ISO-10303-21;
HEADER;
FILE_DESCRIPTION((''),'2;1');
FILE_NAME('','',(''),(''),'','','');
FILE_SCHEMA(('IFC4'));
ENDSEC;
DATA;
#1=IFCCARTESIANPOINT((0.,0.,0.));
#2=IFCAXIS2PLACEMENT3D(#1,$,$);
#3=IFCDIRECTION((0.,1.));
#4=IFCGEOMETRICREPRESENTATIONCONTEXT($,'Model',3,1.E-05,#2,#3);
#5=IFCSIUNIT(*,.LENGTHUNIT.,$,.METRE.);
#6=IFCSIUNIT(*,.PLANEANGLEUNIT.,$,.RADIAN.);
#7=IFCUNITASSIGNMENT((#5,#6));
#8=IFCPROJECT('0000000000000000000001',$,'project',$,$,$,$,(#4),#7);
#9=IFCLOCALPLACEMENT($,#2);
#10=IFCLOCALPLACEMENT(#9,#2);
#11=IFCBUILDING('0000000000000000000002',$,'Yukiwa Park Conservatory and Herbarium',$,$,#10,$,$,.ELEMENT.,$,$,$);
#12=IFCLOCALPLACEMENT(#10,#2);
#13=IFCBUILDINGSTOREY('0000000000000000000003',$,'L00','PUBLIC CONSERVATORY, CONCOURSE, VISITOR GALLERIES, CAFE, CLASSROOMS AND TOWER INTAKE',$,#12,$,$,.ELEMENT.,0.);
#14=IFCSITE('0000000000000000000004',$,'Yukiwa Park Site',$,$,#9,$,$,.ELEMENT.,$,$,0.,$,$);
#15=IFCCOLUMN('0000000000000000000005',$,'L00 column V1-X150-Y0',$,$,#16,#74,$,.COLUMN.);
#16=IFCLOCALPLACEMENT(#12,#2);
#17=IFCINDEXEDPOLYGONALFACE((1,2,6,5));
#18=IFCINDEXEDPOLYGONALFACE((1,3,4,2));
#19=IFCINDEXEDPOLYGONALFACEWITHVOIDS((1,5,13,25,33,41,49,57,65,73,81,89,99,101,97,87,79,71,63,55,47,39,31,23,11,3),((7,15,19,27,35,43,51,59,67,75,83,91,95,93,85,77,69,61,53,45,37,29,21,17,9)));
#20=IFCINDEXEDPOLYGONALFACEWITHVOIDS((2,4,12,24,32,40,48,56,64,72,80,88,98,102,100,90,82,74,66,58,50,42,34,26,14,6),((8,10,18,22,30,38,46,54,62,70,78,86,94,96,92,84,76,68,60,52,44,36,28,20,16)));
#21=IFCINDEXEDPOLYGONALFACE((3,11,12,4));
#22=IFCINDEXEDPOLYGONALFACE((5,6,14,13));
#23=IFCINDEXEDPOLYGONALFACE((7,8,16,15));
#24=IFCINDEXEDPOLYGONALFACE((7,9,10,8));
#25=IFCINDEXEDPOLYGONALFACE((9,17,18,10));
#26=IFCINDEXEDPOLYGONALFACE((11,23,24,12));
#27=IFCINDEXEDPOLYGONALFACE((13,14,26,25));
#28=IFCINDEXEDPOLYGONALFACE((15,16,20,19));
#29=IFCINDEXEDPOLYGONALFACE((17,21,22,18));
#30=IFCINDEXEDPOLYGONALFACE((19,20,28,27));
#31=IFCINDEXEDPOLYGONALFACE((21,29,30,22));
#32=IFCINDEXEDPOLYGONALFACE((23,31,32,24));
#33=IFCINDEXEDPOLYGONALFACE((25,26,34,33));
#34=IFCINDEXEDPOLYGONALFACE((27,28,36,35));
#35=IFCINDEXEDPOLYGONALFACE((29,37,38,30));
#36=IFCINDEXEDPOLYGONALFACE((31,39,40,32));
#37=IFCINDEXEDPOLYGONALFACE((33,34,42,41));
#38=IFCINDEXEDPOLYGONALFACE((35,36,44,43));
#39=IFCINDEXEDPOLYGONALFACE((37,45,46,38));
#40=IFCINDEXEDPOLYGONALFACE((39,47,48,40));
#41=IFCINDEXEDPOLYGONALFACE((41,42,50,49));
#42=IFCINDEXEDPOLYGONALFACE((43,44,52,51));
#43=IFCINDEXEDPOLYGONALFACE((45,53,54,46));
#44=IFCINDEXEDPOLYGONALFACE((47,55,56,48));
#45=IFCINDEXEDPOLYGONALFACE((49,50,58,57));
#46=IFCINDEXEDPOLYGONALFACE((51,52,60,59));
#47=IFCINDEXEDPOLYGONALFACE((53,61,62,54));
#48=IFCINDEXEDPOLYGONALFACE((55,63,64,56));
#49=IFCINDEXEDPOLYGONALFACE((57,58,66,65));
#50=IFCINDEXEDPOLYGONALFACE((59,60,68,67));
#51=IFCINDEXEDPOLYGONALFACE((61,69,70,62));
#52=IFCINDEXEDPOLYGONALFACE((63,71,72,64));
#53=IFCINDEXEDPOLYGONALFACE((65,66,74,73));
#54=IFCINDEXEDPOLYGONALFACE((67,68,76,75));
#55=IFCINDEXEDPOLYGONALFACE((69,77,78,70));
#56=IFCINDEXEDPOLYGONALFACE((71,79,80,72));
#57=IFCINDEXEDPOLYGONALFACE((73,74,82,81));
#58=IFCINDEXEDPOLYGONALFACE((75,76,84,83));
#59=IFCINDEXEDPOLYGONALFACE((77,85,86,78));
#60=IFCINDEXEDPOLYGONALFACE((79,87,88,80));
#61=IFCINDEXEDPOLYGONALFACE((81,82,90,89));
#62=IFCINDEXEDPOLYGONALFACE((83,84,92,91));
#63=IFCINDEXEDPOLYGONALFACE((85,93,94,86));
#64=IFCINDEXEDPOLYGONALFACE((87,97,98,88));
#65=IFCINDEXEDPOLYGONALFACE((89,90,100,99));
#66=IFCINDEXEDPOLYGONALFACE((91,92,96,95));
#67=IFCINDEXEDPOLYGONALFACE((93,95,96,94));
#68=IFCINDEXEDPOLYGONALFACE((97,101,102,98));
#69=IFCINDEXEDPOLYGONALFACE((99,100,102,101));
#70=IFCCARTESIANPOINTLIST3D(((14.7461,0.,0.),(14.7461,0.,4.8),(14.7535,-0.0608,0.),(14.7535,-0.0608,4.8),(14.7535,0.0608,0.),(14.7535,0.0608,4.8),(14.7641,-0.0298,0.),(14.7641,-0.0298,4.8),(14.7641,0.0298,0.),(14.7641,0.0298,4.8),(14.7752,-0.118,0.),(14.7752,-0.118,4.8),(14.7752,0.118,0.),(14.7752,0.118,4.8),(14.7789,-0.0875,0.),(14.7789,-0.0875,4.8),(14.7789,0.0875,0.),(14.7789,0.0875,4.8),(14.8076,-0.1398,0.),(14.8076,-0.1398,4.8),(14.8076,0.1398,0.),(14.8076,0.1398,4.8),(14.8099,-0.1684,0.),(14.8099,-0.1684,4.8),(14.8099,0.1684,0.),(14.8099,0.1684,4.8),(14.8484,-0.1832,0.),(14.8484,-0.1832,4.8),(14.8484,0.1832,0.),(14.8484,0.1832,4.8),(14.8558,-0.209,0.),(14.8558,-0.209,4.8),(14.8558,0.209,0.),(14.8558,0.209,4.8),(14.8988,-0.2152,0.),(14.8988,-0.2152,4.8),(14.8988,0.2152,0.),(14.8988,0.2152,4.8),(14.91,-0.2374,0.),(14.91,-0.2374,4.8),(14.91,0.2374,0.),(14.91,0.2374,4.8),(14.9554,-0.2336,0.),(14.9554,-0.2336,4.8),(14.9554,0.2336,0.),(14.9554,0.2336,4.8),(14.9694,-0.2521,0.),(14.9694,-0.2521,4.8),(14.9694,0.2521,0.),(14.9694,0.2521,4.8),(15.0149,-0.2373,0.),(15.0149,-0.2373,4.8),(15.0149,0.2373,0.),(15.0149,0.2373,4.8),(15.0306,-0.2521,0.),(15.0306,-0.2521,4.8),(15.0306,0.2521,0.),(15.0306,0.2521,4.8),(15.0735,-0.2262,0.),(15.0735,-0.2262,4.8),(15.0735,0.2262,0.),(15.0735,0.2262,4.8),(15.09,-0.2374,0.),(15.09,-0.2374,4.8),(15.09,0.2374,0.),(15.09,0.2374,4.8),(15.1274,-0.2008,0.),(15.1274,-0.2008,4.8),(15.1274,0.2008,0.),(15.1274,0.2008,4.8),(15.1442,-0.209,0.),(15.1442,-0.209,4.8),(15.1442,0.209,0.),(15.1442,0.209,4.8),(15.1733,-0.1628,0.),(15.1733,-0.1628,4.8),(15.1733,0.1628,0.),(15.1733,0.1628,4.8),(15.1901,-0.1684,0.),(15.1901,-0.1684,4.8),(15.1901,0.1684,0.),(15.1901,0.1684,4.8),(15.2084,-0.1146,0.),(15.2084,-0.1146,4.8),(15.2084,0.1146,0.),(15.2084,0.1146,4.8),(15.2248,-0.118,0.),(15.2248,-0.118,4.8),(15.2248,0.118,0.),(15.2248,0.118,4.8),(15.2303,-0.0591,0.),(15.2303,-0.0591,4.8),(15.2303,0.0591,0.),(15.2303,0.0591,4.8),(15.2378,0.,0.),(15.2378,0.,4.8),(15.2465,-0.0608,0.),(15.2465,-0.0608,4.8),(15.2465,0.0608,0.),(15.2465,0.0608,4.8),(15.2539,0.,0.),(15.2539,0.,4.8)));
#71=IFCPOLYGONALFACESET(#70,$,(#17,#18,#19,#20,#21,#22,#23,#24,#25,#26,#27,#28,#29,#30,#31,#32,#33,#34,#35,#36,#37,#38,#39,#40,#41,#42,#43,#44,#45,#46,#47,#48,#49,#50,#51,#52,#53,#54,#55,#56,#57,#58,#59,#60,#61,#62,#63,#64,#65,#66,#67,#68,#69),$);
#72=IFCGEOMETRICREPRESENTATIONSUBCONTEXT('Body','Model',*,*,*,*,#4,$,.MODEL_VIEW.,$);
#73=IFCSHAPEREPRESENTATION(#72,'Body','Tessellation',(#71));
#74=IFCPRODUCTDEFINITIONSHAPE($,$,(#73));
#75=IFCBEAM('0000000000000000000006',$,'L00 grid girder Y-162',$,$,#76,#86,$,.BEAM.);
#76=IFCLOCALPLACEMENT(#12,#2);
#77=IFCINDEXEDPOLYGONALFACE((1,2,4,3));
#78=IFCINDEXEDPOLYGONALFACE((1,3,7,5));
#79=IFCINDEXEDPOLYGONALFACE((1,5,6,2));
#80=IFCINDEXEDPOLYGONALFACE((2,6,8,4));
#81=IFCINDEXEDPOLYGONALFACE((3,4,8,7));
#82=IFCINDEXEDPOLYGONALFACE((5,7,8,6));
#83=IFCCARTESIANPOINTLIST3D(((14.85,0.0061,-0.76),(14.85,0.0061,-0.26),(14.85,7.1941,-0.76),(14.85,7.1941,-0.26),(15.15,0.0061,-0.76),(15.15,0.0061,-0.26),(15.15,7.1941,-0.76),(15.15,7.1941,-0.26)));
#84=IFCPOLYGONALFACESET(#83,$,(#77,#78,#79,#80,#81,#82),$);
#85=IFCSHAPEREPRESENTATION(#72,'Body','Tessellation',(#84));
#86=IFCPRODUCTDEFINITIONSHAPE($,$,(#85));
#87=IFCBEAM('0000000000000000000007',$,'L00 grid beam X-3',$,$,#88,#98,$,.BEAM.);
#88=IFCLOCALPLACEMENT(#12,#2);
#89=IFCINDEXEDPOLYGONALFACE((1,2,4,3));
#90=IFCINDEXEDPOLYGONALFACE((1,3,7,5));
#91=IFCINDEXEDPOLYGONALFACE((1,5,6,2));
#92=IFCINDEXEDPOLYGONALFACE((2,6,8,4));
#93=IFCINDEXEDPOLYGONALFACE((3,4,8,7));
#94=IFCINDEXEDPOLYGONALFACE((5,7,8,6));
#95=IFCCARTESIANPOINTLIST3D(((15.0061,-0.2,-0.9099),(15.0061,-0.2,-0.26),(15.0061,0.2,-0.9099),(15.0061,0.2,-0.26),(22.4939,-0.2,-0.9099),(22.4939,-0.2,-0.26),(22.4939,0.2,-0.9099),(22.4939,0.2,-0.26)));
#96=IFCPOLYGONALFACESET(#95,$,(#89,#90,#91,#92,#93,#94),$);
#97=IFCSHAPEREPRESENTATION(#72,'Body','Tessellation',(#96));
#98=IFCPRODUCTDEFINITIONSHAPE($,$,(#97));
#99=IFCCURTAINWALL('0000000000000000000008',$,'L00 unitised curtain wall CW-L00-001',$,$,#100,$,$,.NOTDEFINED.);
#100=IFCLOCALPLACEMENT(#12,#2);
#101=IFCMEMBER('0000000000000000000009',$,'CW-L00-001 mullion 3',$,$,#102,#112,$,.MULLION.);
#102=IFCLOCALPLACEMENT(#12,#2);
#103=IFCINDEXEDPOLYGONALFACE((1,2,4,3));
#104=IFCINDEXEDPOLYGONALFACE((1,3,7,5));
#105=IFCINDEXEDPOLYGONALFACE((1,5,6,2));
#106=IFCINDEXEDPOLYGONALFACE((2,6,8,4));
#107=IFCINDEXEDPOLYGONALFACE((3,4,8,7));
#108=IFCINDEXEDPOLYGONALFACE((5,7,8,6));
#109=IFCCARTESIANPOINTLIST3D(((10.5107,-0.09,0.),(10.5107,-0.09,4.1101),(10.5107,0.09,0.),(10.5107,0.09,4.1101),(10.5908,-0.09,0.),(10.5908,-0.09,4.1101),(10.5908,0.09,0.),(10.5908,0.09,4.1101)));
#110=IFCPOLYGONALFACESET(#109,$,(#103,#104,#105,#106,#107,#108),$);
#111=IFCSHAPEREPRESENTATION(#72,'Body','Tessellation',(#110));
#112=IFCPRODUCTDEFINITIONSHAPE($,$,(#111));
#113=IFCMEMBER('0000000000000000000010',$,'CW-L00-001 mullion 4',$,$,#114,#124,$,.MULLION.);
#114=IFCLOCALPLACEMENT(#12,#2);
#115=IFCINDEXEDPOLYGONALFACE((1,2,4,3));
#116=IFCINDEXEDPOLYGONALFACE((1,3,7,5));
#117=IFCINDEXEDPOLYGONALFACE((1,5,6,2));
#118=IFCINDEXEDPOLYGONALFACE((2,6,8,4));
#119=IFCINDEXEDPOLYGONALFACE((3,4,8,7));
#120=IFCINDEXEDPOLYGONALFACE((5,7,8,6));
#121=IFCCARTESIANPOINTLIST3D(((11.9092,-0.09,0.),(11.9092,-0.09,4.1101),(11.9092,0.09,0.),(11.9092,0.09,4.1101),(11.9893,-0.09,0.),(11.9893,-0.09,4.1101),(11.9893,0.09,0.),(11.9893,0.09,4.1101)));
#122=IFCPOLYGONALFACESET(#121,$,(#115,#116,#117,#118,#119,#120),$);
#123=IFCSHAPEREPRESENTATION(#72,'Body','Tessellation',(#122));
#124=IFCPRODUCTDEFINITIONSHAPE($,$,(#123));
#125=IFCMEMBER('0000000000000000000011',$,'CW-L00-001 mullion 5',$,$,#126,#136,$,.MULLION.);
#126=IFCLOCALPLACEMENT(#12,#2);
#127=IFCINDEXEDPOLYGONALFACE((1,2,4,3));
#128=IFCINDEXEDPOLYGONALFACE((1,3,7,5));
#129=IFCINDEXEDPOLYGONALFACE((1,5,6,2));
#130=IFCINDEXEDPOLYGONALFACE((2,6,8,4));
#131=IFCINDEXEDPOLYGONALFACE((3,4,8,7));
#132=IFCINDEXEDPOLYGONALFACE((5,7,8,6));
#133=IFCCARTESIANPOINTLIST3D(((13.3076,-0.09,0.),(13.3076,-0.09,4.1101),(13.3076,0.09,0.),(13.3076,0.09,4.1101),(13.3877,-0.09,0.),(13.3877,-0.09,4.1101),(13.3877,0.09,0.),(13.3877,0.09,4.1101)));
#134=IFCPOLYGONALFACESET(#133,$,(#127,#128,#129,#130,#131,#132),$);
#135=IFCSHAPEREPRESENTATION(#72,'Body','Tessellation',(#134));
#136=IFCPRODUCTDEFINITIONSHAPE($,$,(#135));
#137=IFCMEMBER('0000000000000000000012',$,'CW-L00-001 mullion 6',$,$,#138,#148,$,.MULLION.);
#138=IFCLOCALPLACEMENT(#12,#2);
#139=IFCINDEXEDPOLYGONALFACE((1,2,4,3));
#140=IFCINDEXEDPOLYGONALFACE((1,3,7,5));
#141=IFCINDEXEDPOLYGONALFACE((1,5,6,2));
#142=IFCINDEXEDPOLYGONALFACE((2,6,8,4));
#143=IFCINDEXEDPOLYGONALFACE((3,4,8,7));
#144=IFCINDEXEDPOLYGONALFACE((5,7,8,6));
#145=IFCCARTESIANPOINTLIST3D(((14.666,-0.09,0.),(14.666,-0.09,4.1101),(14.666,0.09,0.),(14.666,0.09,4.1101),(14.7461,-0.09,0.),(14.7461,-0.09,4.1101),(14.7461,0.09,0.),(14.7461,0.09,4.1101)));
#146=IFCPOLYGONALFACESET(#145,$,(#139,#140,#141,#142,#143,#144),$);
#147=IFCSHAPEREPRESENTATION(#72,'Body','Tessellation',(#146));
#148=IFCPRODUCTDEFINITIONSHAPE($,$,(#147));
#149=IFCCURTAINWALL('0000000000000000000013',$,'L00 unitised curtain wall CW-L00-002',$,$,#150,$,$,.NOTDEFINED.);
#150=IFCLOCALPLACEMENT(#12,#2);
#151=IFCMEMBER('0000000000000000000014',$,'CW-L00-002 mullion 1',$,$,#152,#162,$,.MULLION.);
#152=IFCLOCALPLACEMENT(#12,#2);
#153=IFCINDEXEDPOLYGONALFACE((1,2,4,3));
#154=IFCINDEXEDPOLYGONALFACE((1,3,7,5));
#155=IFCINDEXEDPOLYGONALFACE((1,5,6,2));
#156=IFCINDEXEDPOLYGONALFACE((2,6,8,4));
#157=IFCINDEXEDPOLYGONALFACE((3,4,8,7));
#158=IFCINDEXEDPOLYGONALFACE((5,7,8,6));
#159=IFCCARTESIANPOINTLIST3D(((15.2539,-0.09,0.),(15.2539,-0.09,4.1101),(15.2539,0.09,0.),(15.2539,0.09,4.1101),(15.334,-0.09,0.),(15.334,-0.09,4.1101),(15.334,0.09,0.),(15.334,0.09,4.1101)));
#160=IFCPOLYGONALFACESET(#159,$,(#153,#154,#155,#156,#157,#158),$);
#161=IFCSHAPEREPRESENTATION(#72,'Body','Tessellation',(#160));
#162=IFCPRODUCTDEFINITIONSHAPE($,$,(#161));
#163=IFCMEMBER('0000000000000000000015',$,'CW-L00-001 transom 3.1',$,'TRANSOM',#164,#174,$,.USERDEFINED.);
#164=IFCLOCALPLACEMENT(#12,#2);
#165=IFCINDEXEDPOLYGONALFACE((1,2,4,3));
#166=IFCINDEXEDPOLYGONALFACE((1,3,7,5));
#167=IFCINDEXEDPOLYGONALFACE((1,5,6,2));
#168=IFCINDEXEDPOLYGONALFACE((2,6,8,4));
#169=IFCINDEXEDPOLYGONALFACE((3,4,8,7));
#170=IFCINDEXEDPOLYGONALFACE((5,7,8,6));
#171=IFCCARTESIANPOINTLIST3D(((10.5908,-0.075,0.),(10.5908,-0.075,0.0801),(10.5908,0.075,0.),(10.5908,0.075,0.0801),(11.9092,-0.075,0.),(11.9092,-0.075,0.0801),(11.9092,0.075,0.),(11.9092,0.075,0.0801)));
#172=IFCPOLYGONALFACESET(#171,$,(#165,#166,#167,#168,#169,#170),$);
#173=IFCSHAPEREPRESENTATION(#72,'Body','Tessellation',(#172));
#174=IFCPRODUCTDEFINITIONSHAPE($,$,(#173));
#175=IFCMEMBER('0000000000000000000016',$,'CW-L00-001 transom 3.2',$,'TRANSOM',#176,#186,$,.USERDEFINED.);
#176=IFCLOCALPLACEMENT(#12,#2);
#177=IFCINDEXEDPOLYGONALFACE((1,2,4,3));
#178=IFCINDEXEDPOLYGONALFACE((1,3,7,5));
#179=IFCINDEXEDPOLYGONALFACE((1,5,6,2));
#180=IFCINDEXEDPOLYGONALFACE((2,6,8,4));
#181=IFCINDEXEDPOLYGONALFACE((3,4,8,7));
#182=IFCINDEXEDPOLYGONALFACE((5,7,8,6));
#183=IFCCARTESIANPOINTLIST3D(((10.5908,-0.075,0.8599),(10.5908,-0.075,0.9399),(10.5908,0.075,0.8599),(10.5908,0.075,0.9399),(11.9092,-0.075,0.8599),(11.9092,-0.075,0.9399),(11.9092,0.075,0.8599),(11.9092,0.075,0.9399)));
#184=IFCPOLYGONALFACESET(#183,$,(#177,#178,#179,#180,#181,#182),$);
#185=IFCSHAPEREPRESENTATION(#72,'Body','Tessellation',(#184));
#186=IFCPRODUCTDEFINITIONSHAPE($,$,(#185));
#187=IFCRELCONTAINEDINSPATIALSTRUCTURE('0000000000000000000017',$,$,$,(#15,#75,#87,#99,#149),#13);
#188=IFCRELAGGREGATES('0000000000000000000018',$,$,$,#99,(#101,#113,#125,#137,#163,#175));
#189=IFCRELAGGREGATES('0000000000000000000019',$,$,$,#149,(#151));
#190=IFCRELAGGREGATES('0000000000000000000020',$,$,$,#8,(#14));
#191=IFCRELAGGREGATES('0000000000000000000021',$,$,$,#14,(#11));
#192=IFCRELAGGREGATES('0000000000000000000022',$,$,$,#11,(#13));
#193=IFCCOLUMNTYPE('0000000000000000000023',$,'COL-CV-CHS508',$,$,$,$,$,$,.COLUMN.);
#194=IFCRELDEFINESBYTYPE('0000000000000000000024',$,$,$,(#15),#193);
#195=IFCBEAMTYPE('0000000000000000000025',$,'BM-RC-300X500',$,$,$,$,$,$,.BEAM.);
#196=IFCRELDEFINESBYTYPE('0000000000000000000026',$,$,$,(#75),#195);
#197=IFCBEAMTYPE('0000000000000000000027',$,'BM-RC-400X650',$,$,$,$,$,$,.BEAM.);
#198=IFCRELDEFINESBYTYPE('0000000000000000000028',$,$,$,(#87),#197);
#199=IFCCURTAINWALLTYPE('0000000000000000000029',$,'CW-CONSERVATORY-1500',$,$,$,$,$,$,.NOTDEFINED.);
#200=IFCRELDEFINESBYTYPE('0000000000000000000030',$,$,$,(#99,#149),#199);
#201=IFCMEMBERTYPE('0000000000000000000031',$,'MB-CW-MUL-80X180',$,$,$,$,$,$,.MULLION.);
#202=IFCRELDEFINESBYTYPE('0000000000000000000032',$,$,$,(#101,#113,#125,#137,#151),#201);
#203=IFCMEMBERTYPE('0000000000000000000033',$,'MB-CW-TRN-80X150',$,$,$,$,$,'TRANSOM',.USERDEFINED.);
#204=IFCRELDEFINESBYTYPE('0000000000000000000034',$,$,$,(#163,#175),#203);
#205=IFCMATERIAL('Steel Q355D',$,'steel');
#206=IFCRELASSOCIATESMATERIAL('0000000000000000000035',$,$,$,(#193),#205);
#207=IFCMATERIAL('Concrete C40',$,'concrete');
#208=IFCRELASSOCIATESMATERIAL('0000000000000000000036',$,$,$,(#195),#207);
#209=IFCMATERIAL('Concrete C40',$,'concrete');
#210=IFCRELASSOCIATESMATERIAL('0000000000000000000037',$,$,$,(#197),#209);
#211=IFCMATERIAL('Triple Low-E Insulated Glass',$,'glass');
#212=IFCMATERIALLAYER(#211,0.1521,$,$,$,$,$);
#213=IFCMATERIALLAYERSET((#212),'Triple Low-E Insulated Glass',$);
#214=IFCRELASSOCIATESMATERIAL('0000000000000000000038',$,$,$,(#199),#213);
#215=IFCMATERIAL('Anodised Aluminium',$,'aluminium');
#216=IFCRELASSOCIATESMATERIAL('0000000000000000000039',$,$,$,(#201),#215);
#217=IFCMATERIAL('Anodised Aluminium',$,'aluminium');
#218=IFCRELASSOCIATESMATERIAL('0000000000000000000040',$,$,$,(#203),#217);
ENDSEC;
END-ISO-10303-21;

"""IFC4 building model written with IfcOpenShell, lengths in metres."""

from ifc_helpers import new_model, si_unit, direction, frame, origin, origin_2d, place, context, subcontext, project, spatial, rectangle, hollow_circle, extrude, material, layer, layer_set, material_profile, profile_set, type_object, element, aggregate, save


model = new_model("IFC4")

# Units and contexts
model_context = context("Model", 3, precision=1e-05, world=origin(), true_north=direction((0.0, 1.0)))
body_context = subcontext(model_context, "Body", "Model", "MODEL_VIEW")
ifc_project = project(units=[si_unit("LENGTHUNIT", "METRE"), si_unit("PLANEANGLEUNIT", "RADIAN")], contexts=[model_context])

# Site, building, storey
site_placement = place(None, origin())
site = spatial("IfcSite", under=ifc_project, at=site_placement, Name="Yukiwa Park Site", CompositionType="ELEMENT", RefElevation=0.0)
building_placement = place(site_placement, origin())
building = spatial("IfcBuilding", under=site, at=building_placement, Name="Yukiwa Park Conservatory and Herbarium", CompositionType="ELEMENT")
storey_placement = place(building_placement, origin())
storey = spatial("IfcBuildingStorey", under=building, at=storey_placement, Name="L00", Description="PUBLIC CONSERVATORY, CONCOURSE, VISITOR GALLERIES, CAFE, CLASSROOMS AND TOWER INTAKE", CompositionType="ELEMENT", Elevation=0.0)

# Column
ifc_material_1 = material(Name="Steel Q355D", Category="steel")
ifc_material_profile_1 = material_profile(ifc_material_1, hollow_circle(Radius=0.2539, WallThickness=0.0161, at=origin_2d()), Name="CHS 508x16")
ifc_profile_set_1 = profile_set([ifc_material_profile_1], Name="Steel Q355D")
column_type = type_object("IfcColumnType", Name="COL-CV-CHS508", PredefinedType="COLUMN", material=ifc_profile_set_1)
column_placement = place(storey_placement, frame((15.0, 0.0, 0.0), z_axis=(0.0, 0.0, 1.0), x_axis=(1.0, 0.0, 0.0)))
element("IfcColumn", 1, at=column_placement, inside=storey, type_object=column_type, Name="L00 column V1-X150-Y0", PredefinedType="COLUMN", context=body_context, shape_type="SweptSolid", body=[
    extrude(hollow_circle(Radius=0.2539, WallThickness=0.0161, at=origin_2d()), origin(), (0.0, 0.0, 1.0), 4.8),
])

# Beams
ifc_material_2 = material(Name="Concrete C40", Category="concrete")
ifc_material_profile_2 = material_profile(ifc_material_2, rectangle(XDim=0.3, YDim=0.5, at=origin_2d()), Name="RC 300x500")
ifc_profile_set_2 = profile_set([ifc_material_profile_2], Name="Concrete C40")
beam_type_1 = type_object("IfcBeamType", Name="BM-RC-300X500", PredefinedType="BEAM", material=ifc_profile_set_2)
beam_1_placement = place(storey_placement, frame((15.0, 0.0061, -0.51), z_axis=(0.0, 1.0, 0.0), x_axis=(-1.0, 0.0, 0.0)))
element("IfcBeam", 2, at=beam_1_placement, inside=storey, type_object=beam_type_1, Name="L00 grid girder Y-162", PredefinedType="BEAM", context=body_context, shape_type="SweptSolid", body=[
    extrude(rectangle(XDim=0.3, YDim=0.5, at=origin_2d()), origin(), (0.0, 0.0, 1.0), 7.188),
])
ifc_material_3 = material(Name="Concrete C40", Category="concrete")
ifc_material_profile_3 = material_profile(ifc_material_3, rectangle(XDim=0.3999, YDim=0.6499, at=origin_2d()), Name="RC 400x650")
ifc_profile_set_3 = profile_set([ifc_material_profile_3], Name="Concrete C40")
beam_type_2 = type_object("IfcBeamType", Name="BM-RC-400X650", PredefinedType="BEAM", material=ifc_profile_set_3)
beam_2_placement = place(storey_placement, frame((15.0061, 0.0, -0.585), z_axis=(1.0, 0.0, 0.0), x_axis=(0.0, 1.0, 0.0)))
element("IfcBeam", 3, at=beam_2_placement, inside=storey, type_object=beam_type_2, Name="L00 grid beam X-3", PredefinedType="BEAM", context=body_context, shape_type="SweptSolid", body=[
    extrude(rectangle(XDim=0.3999, YDim=0.6499, at=origin_2d()), origin(), (0.0, 0.0, 1.0), 7.4878),
])

# Curtain wall, members
ifc_material_4 = material(Name="Triple Low-E Insulated Glass", Category="glass")
ifc_layer_1 = layer(ifc_material_4, 0.1521)
ifc_layer_set_1 = layer_set([ifc_layer_1], Name="Triple Low-E Insulated Glass")
curtain_wall_type = type_object("IfcCurtainWallType", Name="CW-CONSERVATORY-1500", PredefinedType="NOTDEFINED", material=ifc_layer_set_1)
curtain_wall_1_placement = place(storey_placement, origin())
curtain_wall_1 = element("IfcCurtainWall", 4, at=curtain_wall_1_placement, inside=storey, type_object=curtain_wall_type, Name="L00 unitised curtain wall CW-L00-001", PredefinedType="NOTDEFINED")
ifc_material_5 = material(Name="Anodised Aluminium", Category="aluminium")
member_type_1 = type_object("IfcMemberType", Name="MB-CW-MUL-80X180", PredefinedType="MULLION", material=ifc_material_5)
member_1_placement = place(storey_placement, frame((10.5508, 0.0, 0.0), z_axis=(0.0, 0.0, 1.0), x_axis=(1.0, 0.0, 0.0)))
member_1 = element("IfcMember", 5, at=member_1_placement, type_object=member_type_1, Name="CW-L00-001 mullion 3", PredefinedType="MULLION", context=body_context, shape_type="SweptSolid", body=[
    extrude(rectangle(XDim=0.0801, YDim=0.1799, at=origin_2d()), origin(), (0.0, 0.0, 1.0), 4.1101),
])
member_2_placement = place(storey_placement, frame((11.9492, 0.0, 0.0), z_axis=(0.0, 0.0, 1.0), x_axis=(1.0, 0.0, 0.0)))
member_2 = element("IfcMember", 6, at=member_2_placement, type_object=member_type_1, Name="CW-L00-001 mullion 4", PredefinedType="MULLION", context=body_context, shape_type="SweptSolid", body=[
    extrude(rectangle(XDim=0.0801, YDim=0.1799, at=origin_2d()), origin(), (0.0, 0.0, 1.0), 4.1101),
])
member_3_placement = place(storey_placement, frame((13.3477, 0.0, 0.0), z_axis=(0.0, 0.0, 1.0), x_axis=(1.0, 0.0, 0.0)))
member_3 = element("IfcMember", 7, at=member_3_placement, type_object=member_type_1, Name="CW-L00-001 mullion 5", PredefinedType="MULLION", context=body_context, shape_type="SweptSolid", body=[
    extrude(rectangle(XDim=0.0801, YDim=0.1799, at=origin_2d()), origin(), (0.0, 0.0, 1.0), 4.1101),
])
member_4_placement = place(storey_placement, frame((14.7061, 0.0, 0.0), z_axis=(0.0, 0.0, 1.0), x_axis=(1.0, 0.0, 0.0)))
member_4 = element("IfcMember", 8, at=member_4_placement, type_object=member_type_1, Name="CW-L00-001 mullion 6", PredefinedType="MULLION", context=body_context, shape_type="SweptSolid", body=[
    extrude(rectangle(XDim=0.0801, YDim=0.1799, at=origin_2d()), origin(), (0.0, 0.0, 1.0), 4.1101),
])

# Curtain wall, member
curtain_wall_2_placement = place(storey_placement, origin())
curtain_wall_2 = element("IfcCurtainWall", 9, at=curtain_wall_2_placement, inside=storey, type_object=curtain_wall_type, Name="L00 unitised curtain wall CW-L00-002", PredefinedType="NOTDEFINED")
member_5_placement = place(storey_placement, frame((15.2939, 0.0, 0.0), z_axis=(0.0, 0.0, 1.0), x_axis=(1.0, 0.0, 0.0)))
member_5 = element("IfcMember", 10, at=member_5_placement, type_object=member_type_1, Name="CW-L00-002 mullion 1", PredefinedType="MULLION", context=body_context, shape_type="SweptSolid", body=[
    extrude(rectangle(XDim=0.0801, YDim=0.1799, at=origin_2d()), origin(), (0.0, 0.0, 1.0), 4.1101),
])

# Members
ifc_material_6 = material(Name="Anodised Aluminium", Category="aluminium")
member_type_2 = type_object("IfcMemberType", Name="MB-CW-TRN-80X150", ElementType="TRANSOM", PredefinedType="USERDEFINED", material=ifc_material_6)
member_6_placement = place(storey_placement, frame((11.25, 0.0, 0.0), z_axis=(0.0, 0.0, 1.0), x_axis=(1.0, 0.0, 0.0)))
member_6 = element("IfcMember", 11, at=member_6_placement, type_object=member_type_2, Name="CW-L00-001 transom 3.1", ObjectType="TRANSOM", PredefinedType="USERDEFINED", context=body_context, shape_type="SweptSolid", body=[
    extrude(rectangle(XDim=1.3184, YDim=0.1499, at=origin_2d()), origin(), (0.0, 0.0, 1.0), 0.0801),
])
member_7_placement = place(storey_placement, frame((11.25, 0.0, 0.8599), z_axis=(0.0, 0.0, 1.0), x_axis=(1.0, 0.0, 0.0)))
member_7 = element("IfcMember", 12, at=member_7_placement, type_object=member_type_2, Name="CW-L00-001 transom 3.2", ObjectType="TRANSOM", PredefinedType="USERDEFINED", context=body_context, shape_type="SweptSolid", body=[
    extrude(rectangle(XDim=1.3184, YDim=0.1499, at=origin_2d()), origin(), (0.0, 0.0, 1.0), 0.0801),
])

aggregate(curtain_wall_1, [member_1, member_2, member_3, member_4, member_6, member_7])
aggregate(curtain_wall_2, [member_5])

save(model, "model.ifc")
